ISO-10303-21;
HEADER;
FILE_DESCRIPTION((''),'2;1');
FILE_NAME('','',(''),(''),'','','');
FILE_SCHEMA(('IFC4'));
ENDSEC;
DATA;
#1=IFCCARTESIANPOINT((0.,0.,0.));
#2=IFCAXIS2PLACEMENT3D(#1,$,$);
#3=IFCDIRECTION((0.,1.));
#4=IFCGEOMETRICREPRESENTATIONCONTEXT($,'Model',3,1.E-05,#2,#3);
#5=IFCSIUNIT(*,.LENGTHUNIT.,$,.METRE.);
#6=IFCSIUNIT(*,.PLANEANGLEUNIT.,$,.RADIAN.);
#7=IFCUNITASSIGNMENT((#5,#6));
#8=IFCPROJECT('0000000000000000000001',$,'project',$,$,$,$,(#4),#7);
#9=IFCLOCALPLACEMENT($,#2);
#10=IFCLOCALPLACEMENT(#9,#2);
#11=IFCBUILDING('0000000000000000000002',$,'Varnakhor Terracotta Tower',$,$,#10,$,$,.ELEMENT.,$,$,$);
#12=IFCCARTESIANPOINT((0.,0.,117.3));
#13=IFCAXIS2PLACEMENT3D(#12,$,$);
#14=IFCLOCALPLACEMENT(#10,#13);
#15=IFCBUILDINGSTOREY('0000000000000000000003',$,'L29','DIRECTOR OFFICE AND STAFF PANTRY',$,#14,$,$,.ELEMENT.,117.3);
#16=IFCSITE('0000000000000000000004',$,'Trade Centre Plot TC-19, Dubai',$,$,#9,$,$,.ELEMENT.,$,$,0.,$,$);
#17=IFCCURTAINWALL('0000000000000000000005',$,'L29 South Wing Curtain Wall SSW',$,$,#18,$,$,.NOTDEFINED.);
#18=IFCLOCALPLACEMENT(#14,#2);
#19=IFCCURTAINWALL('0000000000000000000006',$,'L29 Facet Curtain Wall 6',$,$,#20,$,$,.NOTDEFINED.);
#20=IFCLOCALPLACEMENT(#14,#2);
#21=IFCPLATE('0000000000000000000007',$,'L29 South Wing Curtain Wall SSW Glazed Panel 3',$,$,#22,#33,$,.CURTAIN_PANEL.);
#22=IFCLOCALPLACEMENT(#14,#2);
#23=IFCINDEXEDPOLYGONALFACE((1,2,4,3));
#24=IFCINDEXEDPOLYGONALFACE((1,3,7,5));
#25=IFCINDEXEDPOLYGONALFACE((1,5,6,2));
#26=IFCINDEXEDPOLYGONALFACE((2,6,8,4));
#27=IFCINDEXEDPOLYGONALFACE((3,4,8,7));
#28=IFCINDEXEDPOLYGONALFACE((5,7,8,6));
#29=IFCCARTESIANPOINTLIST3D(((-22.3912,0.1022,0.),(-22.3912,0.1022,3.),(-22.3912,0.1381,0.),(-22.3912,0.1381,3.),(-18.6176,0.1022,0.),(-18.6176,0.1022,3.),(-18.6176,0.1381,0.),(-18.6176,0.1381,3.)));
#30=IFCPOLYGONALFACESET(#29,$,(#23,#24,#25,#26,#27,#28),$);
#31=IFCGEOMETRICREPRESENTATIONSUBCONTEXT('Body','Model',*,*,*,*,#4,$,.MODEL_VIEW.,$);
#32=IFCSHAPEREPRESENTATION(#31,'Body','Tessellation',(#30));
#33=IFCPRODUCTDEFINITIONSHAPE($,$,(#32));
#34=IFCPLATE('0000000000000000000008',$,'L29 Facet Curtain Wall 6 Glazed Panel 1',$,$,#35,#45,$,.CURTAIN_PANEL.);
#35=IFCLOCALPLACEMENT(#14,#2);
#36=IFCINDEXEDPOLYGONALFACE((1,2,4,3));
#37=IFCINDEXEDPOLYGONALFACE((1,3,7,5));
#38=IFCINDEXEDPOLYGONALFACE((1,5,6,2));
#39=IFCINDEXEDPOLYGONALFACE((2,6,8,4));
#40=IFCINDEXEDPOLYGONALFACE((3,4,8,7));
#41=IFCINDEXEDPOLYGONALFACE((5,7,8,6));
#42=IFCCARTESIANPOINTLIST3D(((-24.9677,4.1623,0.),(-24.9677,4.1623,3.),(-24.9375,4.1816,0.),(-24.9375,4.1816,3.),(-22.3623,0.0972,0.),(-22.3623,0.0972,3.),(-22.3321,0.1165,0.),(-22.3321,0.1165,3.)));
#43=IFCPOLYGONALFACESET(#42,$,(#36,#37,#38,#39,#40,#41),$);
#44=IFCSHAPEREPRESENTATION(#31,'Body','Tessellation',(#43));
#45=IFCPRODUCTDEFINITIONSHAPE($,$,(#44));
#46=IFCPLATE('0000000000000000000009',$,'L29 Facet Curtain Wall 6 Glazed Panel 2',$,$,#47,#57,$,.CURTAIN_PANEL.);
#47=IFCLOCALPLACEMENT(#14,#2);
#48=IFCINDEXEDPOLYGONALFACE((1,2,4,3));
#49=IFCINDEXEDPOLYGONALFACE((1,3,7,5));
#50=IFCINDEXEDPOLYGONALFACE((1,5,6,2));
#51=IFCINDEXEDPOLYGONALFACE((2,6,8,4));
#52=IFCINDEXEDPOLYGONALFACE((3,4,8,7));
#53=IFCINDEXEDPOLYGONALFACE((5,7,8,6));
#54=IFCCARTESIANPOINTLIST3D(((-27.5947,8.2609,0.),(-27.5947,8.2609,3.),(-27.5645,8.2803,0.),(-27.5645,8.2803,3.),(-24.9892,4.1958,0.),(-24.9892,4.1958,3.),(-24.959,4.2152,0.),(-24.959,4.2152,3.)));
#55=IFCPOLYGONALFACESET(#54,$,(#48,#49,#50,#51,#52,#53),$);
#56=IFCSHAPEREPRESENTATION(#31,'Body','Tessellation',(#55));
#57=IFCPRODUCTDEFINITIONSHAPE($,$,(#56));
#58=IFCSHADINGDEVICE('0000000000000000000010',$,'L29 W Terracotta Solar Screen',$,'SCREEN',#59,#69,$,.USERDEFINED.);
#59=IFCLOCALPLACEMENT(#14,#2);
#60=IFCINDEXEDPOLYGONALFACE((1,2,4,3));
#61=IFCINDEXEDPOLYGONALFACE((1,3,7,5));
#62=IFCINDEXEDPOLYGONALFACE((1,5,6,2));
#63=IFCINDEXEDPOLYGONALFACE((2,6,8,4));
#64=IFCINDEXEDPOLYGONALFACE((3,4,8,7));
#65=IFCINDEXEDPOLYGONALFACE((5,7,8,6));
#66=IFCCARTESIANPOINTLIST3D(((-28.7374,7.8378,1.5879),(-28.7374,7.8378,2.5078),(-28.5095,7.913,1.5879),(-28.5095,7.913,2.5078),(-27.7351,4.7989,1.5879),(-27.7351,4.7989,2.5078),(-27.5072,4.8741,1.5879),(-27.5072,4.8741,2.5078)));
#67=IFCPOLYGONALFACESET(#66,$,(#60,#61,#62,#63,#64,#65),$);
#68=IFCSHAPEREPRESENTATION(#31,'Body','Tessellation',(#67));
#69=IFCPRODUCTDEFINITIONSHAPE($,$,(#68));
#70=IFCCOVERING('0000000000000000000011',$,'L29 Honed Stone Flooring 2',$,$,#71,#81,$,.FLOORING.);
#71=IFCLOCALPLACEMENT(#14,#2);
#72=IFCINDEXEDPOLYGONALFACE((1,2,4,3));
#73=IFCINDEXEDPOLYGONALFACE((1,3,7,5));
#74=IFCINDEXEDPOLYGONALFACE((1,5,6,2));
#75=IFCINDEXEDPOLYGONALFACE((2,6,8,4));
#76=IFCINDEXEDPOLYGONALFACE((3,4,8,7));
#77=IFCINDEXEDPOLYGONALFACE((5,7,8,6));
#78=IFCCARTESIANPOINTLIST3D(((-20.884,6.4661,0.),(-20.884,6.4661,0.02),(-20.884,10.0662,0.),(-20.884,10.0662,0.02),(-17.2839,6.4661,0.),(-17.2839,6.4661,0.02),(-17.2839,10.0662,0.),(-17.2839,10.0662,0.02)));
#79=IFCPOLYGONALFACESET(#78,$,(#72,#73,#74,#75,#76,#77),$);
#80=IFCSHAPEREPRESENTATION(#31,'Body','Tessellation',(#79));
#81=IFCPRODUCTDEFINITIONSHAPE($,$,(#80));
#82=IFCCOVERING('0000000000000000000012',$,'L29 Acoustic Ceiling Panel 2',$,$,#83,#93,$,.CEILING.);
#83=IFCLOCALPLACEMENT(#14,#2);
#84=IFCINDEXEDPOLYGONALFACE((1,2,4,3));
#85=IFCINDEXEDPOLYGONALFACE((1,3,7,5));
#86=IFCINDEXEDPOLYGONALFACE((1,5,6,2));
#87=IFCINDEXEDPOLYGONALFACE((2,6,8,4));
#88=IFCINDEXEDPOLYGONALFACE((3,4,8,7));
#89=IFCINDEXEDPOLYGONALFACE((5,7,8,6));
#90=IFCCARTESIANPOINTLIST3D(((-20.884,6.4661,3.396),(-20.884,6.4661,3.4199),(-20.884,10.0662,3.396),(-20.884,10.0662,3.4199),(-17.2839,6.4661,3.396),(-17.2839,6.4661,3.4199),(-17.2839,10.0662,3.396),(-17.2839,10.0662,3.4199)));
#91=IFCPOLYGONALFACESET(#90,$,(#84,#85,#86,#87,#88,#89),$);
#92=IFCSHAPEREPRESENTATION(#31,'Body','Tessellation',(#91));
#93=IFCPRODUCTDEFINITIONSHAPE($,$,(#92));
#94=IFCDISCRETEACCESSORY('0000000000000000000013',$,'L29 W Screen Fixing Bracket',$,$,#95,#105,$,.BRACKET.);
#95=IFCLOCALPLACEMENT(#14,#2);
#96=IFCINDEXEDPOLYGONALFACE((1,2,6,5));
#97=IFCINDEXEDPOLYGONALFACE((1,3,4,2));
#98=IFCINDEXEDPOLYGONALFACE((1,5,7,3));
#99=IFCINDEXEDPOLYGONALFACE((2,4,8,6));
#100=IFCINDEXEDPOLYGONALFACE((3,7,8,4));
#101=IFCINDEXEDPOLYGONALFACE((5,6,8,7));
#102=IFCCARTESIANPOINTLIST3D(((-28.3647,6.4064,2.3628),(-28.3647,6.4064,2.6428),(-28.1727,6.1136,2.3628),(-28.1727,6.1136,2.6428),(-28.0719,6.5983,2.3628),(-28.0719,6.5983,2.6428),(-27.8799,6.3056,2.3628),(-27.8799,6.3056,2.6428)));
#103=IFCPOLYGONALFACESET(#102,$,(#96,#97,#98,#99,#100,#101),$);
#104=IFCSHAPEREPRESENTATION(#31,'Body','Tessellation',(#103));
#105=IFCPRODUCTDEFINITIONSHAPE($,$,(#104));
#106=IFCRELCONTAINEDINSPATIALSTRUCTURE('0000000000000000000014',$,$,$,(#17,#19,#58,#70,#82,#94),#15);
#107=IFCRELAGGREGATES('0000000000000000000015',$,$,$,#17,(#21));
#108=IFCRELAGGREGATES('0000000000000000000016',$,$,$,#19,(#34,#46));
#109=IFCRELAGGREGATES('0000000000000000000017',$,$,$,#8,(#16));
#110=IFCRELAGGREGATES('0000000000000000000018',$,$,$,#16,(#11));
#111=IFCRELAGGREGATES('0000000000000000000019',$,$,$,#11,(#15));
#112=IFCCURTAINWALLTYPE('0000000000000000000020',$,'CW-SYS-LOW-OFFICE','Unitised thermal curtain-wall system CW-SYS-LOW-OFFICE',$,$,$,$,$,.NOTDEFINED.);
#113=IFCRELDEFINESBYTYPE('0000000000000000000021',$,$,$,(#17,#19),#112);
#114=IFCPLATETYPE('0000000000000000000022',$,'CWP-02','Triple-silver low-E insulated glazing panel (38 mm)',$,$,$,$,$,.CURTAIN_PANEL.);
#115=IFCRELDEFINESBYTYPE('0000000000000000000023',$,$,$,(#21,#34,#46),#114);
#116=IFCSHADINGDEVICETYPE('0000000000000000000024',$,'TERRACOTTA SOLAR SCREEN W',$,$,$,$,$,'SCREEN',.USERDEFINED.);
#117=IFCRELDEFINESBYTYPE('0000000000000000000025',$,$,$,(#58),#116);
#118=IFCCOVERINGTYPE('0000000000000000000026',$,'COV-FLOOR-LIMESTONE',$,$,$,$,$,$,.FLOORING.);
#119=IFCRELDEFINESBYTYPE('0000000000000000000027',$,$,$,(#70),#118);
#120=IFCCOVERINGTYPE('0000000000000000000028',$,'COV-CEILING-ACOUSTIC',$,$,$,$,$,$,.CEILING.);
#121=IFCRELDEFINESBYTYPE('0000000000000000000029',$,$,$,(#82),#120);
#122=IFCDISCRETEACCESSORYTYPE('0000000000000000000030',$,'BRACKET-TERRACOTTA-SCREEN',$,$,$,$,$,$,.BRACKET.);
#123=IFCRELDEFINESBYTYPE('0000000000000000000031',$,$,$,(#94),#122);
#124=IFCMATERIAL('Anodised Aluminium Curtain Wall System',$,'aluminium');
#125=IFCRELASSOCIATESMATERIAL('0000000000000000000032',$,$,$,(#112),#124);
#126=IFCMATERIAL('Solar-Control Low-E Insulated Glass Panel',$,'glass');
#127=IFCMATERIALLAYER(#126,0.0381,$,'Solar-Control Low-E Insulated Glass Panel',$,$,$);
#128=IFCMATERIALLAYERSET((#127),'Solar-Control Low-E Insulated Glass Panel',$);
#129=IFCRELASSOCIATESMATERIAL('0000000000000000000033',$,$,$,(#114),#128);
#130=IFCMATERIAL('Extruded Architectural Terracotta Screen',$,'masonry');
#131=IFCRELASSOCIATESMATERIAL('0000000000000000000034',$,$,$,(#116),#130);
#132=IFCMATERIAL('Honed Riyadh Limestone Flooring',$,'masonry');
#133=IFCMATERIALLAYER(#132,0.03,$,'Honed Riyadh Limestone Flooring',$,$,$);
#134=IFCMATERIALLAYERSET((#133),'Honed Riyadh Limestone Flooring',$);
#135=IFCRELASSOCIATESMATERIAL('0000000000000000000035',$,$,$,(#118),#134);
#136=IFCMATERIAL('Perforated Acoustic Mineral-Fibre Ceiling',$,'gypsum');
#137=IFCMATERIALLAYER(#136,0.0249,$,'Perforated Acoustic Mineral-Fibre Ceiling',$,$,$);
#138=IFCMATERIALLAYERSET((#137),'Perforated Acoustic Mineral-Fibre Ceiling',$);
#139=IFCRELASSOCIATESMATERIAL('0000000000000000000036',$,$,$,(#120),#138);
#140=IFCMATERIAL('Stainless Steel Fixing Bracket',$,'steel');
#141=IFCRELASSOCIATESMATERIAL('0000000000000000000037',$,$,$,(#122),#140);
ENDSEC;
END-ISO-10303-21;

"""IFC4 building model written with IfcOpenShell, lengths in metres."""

from ifc_helpers import new_model, si_unit, direction, frame, origin, origin_2d, place, context, subcontext, project, spatial, rectangle, extrude, source, transform, mapped, material, layer, layer_set, type_object, type_shapes, element, aggregate, save


model = new_model("IFC4")

# Units and contexts
model_context = context("Model", 3, precision=1e-05, world=origin(), true_north=direction((0.0, 1.0)))
body_context = subcontext(model_context, "Body", "Model", "MODEL_VIEW")
ifc_project = project(units=[si_unit("LENGTHUNIT", "METRE"), si_unit("PLANEANGLEUNIT", "RADIAN")], contexts=[model_context])

# Site, building, storey
site_placement = place(None, origin())
site = spatial("IfcSite", under=ifc_project, at=site_placement, Name="Trade Centre Plot TC-19, Dubai", CompositionType="ELEMENT", RefElevation=0.0)
building_placement = place(site_placement, origin())
building = spatial("IfcBuilding", under=site, at=building_placement, Name="Varnakhor Terracotta Tower", CompositionType="ELEMENT")
storey_placement = place(building_placement, frame((0.0, 0.0, 117.3)))
storey = spatial("IfcBuildingStorey", under=building, at=storey_placement, Name="L29", Description="DIRECTOR OFFICE AND STAFF PANTRY", CompositionType="ELEMENT", Elevation=117.3)

# Curtain walls
ifc_material_1 = material(Name="Anodised Aluminium Curtain Wall System", Category="aluminium")
curtain_wall_type = type_object("IfcCurtainWallType", Name="CW-SYS-LOW-OFFICE", Description="Unitised thermal curtain-wall system CW-SYS-LOW-OFFICE", PredefinedType="NOTDEFINED", material=ifc_material_1)
curtain_wall_1_placement = place(storey_placement, origin())
curtain_wall_1 = element("IfcCurtainWall", 1, at=curtain_wall_1_placement, inside=storey, type_object=curtain_wall_type, Name="L29 South Wing Curtain Wall SSW", PredefinedType="NOTDEFINED")
curtain_wall_2_placement = place(storey_placement, origin())
curtain_wall_2 = element("IfcCurtainWall", 2, at=curtain_wall_2_placement, inside=storey, type_object=curtain_wall_type, Name="L29 Facet Curtain Wall 6", PredefinedType="NOTDEFINED")

# Plates
ifc_material_2 = material(Name="Solar-Control Low-E Insulated Glass Panel", Category="glass")
ifc_layer_1 = layer(ifc_material_2, 0.0381, Name="Solar-Control Low-E Insulated Glass Panel")
ifc_layer_set_1 = layer_set([ifc_layer_1], Name="Solar-Control Low-E Insulated Glass Panel")
plate_type = type_object("IfcPlateType", Name="CWP-02", Description="Triple-silver low-E insulated glazing panel (38 mm)", PredefinedType="CURTAIN_PANEL", material=ifc_layer_set_1)
shared_shape_1 = source(origin(), body_context, "Body", "SweptSolid", [
    extrude(rectangle(XDim=3.7737, YDim=0.0359, at=origin_2d()), origin(), (0.0, 0.0, 1.0), 3.0),
])
plate_1_placement = place(storey_placement, frame((-20.5044, 0.1201, 0.0), z_axis=(0.0, 0.0, 1.0), x_axis=(-1.0, 0.0, 0.0)))
plate_1 = element("IfcPlate", 3, at=plate_1_placement, type_object=plate_type, Name="L29 South Wing Curtain Wall SSW Glazed Panel 3", PredefinedType="CURTAIN_PANEL", context=body_context, shape_type="MappedRepresentation", body=[
    mapped(shared_shape_1, transform((0.0, 0.0, 0.0), scale=1.0)),
])
aggregate(curtain_wall_1, [plate_1])
shared_shape_2 = source(origin(), body_context, "Body", "SweptSolid", [
    extrude(rectangle(XDim=4.8284, YDim=0.0359, at=origin_2d()), origin(), (0.0, 0.0, 1.0), 3.0),
])
plate_2_placement = place(storey_placement, frame((-23.6499, 2.1394, 0.0), z_axis=(0.0, 0.0, 1.0), x_axis=(-0.539609, 0.841916, 0.0)))
plate_2 = element("IfcPlate", 4, at=plate_2_placement, type_object=plate_type, Name="L29 Facet Curtain Wall 6 Glazed Panel 1", PredefinedType="CURTAIN_PANEL", context=body_context, shape_type="MappedRepresentation", body=[
    mapped(shared_shape_2, transform((0.0, 0.0, 0.0), scale=1.0)),
])
plate_3_placement = place(storey_placement, frame((-26.2769, 6.238, 0.0), z_axis=(0.0, 0.0, 1.0), x_axis=(-0.539609, 0.841916, 0.0)))
plate_3 = element("IfcPlate", 5, at=plate_3_placement, type_object=plate_type, Name="L29 Facet Curtain Wall 6 Glazed Panel 2", PredefinedType="CURTAIN_PANEL", context=body_context, shape_type="MappedRepresentation", body=[
    mapped(shared_shape_2, transform((0.0, 0.0, 0.0), scale=1.0)),
])
aggregate(curtain_wall_2, [plate_2, plate_3])

# Shading device
ifc_material_3 = material(Name="Extruded Architectural Terracotta Screen", Category="masonry")
shading_device_type = type_object("IfcShadingDeviceType", Name="TERRACOTTA SOLAR SCREEN W", ElementType="SCREEN", PredefinedType="USERDEFINED", material=ifc_material_3)
shared_shape_3 = source(origin(), body_context, "Body", "SweptSolid", [
    extrude(rectangle(XDim=3.2, YDim=0.24, at=origin_2d()), origin(), (0.0, 0.0, 1.0), 0.9199),
])
type_shapes(shading_device_type, [shared_shape_3])
shading_device_placement = place(storey_placement, frame((-28.1223, 6.356, 1.5879), z_axis=(0.0, 0.0, 1.0), x_axis=(0.31323, -0.949677, 0.0)))
element("IfcShadingDevice", 6, at=shading_device_placement, inside=storey, type_object=shading_device_type, Name="L29 W Terracotta Solar Screen", ObjectType="SCREEN", PredefinedType="USERDEFINED", context=body_context, shape_type="MappedRepresentation", body=[
    mapped(shared_shape_3, transform((0.0, 0.0, 0.0), scale=1.0)),
])

# Coverings
ifc_material_4 = material(Name="Honed Riyadh Limestone Flooring", Category="masonry")
ifc_layer_2 = layer(ifc_material_4, 0.03, Name="Honed Riyadh Limestone Flooring")
ifc_layer_set_2 = layer_set([ifc_layer_2], Name="Honed Riyadh Limestone Flooring")
covering_type_1 = type_object("IfcCoveringType", Name="COV-FLOOR-LIMESTONE", PredefinedType="FLOORING", material=ifc_layer_set_2)
shared_shape_4 = source(origin(), body_context, "Body", "SweptSolid", [
    extrude(rectangle(XDim=3.6001, YDim=3.6001, at=origin_2d()), origin(), (0.0, 0.0, 1.0), 0.02),
])
covering_1_placement = place(storey_placement, frame((-19.084, 8.2661, 0.0), z_axis=(0.0, 0.0, 1.0), x_axis=(1.0, 0.0, 0.0)))
element("IfcCovering", 7, at=covering_1_placement, inside=storey, type_object=covering_type_1, Name="L29 Honed Stone Flooring 2", PredefinedType="FLOORING", context=body_context, shape_type="MappedRepresentation", body=[
    mapped(shared_shape_4, transform((0.0, 0.0, 0.0), scale=1.0)),
])
ifc_material_5 = material(Name="Perforated Acoustic Mineral-Fibre Ceiling", Category="gypsum")
ifc_layer_3 = layer(ifc_material_5, 0.0249, Name="Perforated Acoustic Mineral-Fibre Ceiling")
ifc_layer_set_3 = layer_set([ifc_layer_3], Name="Perforated Acoustic Mineral-Fibre Ceiling")
covering_type_2 = type_object("IfcCoveringType", Name="COV-CEILING-ACOUSTIC", PredefinedType="CEILING", material=ifc_layer_set_3)
shared_shape_5 = source(origin(), body_context, "Body", "SweptSolid", [
    extrude(rectangle(XDim=3.6001, YDim=3.6001, at=origin_2d()), origin(), (0.0, 0.0, 1.0), 0.0239),
])
covering_2_placement = place(storey_placement, frame((-19.084, 8.2661, 3.396), z_axis=(0.0, 0.0, 1.0), x_axis=(1.0, 0.0, 0.0)))
element("IfcCovering", 8, at=covering_2_placement, inside=storey, type_object=covering_type_2, Name="L29 Acoustic Ceiling Panel 2", PredefinedType="CEILING", context=body_context, shape_type="MappedRepresentation", body=[
    mapped(shared_shape_5, transform((0.0, 0.0, 0.0), scale=1.0)),
])

# Discrete accessory
ifc_material_6 = material(Name="Stainless Steel Fixing Bracket", Category="steel")
discrete_accessory_type = type_object("IfcDiscreteAccessoryType", Name="BRACKET-TERRACOTTA-SCREEN", PredefinedType="BRACKET", material=ifc_material_6)
shared_shape_6 = source(origin(), body_context, "Body", "SweptSolid", [
    extrude(rectangle(XDim=0.3501, YDim=0.3501, at=origin_2d()), origin(), (0.0, 0.0, 1.0), 0.28),
])
type_shapes(discrete_accessory_type, [shared_shape_6])
discrete_accessory_placement = place(storey_placement, frame((-28.1223, 6.356, 2.3628), z_axis=(0.0, 0.0, 1.0), x_axis=(0.548352, -0.836248, 0.0)))
element("IfcDiscreteAccessory", 9, at=discrete_accessory_placement, inside=storey, type_object=discrete_accessory_type, Name="L29 W Screen Fixing Bracket", PredefinedType="BRACKET", context=body_context, shape_type="MappedRepresentation", body=[
    mapped(shared_shape_6, transform((0.0, 0.0, 0.0), scale=1.0)),
])

save(model, "model.ifc")
